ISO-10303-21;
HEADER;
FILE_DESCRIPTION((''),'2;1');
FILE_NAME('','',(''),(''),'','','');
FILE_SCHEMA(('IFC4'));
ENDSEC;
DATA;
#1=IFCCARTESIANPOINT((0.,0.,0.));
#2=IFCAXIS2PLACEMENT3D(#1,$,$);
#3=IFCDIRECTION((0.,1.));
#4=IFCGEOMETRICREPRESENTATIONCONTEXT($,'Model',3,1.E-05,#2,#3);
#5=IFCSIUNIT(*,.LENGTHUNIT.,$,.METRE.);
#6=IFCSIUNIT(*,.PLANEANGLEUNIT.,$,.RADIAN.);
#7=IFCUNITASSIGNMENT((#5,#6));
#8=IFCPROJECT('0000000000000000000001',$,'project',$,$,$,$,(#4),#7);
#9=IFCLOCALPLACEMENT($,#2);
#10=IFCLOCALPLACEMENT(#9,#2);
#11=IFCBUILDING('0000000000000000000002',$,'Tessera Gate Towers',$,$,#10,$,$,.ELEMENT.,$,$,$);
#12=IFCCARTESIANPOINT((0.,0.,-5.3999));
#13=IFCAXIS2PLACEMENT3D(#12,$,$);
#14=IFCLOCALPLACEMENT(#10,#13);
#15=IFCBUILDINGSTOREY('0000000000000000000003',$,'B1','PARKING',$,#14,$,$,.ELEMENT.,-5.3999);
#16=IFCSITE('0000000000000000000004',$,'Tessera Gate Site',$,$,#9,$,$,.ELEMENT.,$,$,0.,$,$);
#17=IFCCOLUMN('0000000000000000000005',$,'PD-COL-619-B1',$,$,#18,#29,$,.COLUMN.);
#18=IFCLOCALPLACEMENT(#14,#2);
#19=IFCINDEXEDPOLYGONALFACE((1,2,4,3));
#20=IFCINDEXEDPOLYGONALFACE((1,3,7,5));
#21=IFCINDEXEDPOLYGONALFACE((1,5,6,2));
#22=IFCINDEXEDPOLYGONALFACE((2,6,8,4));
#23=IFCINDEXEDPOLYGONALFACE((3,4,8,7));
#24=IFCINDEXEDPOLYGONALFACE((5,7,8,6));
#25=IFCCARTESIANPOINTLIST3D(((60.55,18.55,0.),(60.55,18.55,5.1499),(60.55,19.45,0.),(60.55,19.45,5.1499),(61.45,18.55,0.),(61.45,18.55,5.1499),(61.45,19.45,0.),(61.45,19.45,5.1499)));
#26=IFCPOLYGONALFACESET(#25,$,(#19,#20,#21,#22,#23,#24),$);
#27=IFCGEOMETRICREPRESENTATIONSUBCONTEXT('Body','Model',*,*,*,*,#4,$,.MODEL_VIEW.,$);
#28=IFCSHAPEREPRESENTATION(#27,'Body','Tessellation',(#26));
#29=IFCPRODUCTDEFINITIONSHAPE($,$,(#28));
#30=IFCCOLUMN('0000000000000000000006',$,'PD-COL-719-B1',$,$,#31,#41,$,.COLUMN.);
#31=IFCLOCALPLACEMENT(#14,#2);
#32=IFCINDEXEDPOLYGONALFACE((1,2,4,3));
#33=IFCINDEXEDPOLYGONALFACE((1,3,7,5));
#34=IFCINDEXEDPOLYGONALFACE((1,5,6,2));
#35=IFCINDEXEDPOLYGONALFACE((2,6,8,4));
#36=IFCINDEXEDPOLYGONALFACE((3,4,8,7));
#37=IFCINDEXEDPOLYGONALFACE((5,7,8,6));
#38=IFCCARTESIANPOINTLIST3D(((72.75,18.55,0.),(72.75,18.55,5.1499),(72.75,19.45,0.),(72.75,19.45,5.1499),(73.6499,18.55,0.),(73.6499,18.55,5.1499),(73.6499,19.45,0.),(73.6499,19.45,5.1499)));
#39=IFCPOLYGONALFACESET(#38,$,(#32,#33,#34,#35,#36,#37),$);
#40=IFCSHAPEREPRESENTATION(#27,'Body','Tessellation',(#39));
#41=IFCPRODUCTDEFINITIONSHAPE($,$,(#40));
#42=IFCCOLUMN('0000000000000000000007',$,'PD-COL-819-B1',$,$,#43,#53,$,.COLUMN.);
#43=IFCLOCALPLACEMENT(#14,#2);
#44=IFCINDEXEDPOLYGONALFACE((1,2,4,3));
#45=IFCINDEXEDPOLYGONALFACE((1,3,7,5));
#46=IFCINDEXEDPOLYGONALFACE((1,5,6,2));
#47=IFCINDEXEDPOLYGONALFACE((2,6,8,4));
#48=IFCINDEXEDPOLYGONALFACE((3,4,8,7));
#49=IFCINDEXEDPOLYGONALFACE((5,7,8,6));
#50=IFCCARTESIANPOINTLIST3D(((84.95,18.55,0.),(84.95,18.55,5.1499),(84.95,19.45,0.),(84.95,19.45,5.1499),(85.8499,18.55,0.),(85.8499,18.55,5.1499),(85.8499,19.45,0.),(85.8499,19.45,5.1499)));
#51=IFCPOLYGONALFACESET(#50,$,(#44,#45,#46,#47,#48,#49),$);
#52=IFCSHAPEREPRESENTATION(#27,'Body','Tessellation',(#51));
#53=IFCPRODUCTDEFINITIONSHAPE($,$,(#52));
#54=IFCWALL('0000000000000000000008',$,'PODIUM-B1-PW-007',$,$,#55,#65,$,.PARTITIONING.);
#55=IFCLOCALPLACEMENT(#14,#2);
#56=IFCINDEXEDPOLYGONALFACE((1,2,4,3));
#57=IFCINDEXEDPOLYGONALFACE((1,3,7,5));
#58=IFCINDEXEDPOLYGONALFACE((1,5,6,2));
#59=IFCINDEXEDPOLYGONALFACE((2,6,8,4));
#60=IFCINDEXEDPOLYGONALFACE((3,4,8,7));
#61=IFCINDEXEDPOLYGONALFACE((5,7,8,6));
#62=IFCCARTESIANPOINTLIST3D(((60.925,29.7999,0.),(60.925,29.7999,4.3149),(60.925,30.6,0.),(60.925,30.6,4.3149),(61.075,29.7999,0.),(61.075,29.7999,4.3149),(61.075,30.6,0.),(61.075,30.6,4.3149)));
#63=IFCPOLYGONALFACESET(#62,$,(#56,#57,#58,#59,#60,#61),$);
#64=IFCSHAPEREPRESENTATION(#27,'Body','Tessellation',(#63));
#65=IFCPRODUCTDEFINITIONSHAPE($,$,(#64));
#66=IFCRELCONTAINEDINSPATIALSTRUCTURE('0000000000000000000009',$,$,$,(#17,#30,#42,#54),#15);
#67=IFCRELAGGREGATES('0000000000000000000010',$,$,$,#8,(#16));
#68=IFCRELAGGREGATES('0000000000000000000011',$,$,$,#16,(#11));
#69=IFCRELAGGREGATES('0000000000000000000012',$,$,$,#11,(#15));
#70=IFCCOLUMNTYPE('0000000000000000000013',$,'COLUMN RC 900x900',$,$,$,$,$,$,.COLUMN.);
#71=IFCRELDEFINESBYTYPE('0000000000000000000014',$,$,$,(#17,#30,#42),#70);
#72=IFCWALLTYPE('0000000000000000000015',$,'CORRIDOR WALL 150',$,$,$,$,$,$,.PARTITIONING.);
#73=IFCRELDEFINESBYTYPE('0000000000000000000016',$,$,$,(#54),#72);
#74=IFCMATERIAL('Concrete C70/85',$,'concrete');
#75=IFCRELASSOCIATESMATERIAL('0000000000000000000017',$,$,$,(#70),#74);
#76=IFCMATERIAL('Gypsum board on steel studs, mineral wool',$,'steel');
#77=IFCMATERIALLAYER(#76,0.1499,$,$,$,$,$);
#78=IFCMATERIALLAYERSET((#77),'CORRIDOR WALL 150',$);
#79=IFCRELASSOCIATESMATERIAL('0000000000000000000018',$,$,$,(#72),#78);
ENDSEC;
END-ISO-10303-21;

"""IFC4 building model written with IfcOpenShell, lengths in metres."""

from ifc_helpers import new_model, si_unit, direction, frame, frame_2d, origin, origin_2d, place, context, subcontext, project, spatial, rectangle, extrude, material, layer, layer_set, material_profile, profile_set, type_object, element, save


model = new_model("IFC4")

# Units and contexts
model_context = context("Model", 3, precision=1e-05, world=origin(), true_north=direction((0.0, 1.0)))
body_context = subcontext(model_context, "Body", "Model", "MODEL_VIEW")
ifc_project = project(units=[si_unit("LENGTHUNIT", "METRE"), si_unit("PLANEANGLEUNIT", "RADIAN")], contexts=[model_context])

# Site, building, storey
site_placement = place(None, origin())
site = spatial("IfcSite", under=ifc_project, at=site_placement, Name="Tessera Gate Site", CompositionType="ELEMENT", RefElevation=0.0)
building_placement = place(site_placement, origin())
building = spatial("IfcBuilding", under=site, at=building_placement, Name="Tessera Gate Towers", CompositionType="ELEMENT")
storey_placement = place(building_placement, frame((0.0, 0.0, -5.3999)))
storey = spatial("IfcBuildingStorey", under=building, at=storey_placement, Name="B1", Description="PARKING", CompositionType="ELEMENT", Elevation=-5.3999)

# Columns
ifc_material_1 = material(Name="Concrete C70/85", Category="concrete")
ifc_material_profile_1 = material_profile(ifc_material_1, rectangle(XDim=0.8999, YDim=0.8999, at=origin_2d()), Name="RC 900x900")
ifc_profile_set_1 = profile_set([ifc_material_profile_1], Name="Concrete C70/85")
column_type = type_object("IfcColumnType", Name="COLUMN RC 900x900", PredefinedType="COLUMN", material=ifc_profile_set_1)
for number, where, z_axis, x_axis, name in (
    (1, (61.0, 19.0, 0.0), (0.0, 0.0, 1.0), (1.0, 0.0, 0.0), "PD-COL-619-B1"),
    (2, (73.2, 19.0, 0.0), (0.0, 0.0, 1.0), (1.0, 0.0, 0.0), "PD-COL-719-B1"),
    (3, (85.3999, 19.0, 0.0), (0.0, 0.0, 1.0), (1.0, 0.0, 0.0), "PD-COL-819-B1"),
):
    element("IfcColumn", number, at=place(storey_placement, frame(where, z_axis=z_axis, x_axis=x_axis)), inside=storey, type_object=column_type, Name=name, PredefinedType="COLUMN", context=body_context, shape_type="SweptSolid", body=[
        extrude(rectangle(XDim=0.8999, YDim=0.8999, at=origin_2d()), origin(), (0.0, 0.0, 1.0), 5.1499),
    ])

# Wall
ifc_material_2 = material(Name="Gypsum board on steel studs, mineral wool", Category="steel")
ifc_layer = layer(ifc_material_2, 0.1499)
ifc_layer_set = layer_set([ifc_layer], Name="CORRIDOR WALL 150")
wall_type = type_object("IfcWallType", Name="CORRIDOR WALL 150", PredefinedType="PARTITIONING", material=ifc_layer_set)
wall_placement = place(storey_placement, frame((61.0, 29.8, 0.0), z_axis=(0.0, 0.0, 1.0), x_axis=(0.0, 1.0, 0.0)))
element("IfcWall", 4, at=wall_placement, inside=storey, type_object=wall_type, Name="PODIUM-B1-PW-007", PredefinedType="PARTITIONING", context=body_context, shape_type="SweptSolid", body=[
    extrude(rectangle(XDim=0.8, YDim=0.1499, at=frame_2d((0.3999, 0.0))), origin(), (0.0, 0.0, 1.0), 4.3149),
])

save(model, "model.ifc")
